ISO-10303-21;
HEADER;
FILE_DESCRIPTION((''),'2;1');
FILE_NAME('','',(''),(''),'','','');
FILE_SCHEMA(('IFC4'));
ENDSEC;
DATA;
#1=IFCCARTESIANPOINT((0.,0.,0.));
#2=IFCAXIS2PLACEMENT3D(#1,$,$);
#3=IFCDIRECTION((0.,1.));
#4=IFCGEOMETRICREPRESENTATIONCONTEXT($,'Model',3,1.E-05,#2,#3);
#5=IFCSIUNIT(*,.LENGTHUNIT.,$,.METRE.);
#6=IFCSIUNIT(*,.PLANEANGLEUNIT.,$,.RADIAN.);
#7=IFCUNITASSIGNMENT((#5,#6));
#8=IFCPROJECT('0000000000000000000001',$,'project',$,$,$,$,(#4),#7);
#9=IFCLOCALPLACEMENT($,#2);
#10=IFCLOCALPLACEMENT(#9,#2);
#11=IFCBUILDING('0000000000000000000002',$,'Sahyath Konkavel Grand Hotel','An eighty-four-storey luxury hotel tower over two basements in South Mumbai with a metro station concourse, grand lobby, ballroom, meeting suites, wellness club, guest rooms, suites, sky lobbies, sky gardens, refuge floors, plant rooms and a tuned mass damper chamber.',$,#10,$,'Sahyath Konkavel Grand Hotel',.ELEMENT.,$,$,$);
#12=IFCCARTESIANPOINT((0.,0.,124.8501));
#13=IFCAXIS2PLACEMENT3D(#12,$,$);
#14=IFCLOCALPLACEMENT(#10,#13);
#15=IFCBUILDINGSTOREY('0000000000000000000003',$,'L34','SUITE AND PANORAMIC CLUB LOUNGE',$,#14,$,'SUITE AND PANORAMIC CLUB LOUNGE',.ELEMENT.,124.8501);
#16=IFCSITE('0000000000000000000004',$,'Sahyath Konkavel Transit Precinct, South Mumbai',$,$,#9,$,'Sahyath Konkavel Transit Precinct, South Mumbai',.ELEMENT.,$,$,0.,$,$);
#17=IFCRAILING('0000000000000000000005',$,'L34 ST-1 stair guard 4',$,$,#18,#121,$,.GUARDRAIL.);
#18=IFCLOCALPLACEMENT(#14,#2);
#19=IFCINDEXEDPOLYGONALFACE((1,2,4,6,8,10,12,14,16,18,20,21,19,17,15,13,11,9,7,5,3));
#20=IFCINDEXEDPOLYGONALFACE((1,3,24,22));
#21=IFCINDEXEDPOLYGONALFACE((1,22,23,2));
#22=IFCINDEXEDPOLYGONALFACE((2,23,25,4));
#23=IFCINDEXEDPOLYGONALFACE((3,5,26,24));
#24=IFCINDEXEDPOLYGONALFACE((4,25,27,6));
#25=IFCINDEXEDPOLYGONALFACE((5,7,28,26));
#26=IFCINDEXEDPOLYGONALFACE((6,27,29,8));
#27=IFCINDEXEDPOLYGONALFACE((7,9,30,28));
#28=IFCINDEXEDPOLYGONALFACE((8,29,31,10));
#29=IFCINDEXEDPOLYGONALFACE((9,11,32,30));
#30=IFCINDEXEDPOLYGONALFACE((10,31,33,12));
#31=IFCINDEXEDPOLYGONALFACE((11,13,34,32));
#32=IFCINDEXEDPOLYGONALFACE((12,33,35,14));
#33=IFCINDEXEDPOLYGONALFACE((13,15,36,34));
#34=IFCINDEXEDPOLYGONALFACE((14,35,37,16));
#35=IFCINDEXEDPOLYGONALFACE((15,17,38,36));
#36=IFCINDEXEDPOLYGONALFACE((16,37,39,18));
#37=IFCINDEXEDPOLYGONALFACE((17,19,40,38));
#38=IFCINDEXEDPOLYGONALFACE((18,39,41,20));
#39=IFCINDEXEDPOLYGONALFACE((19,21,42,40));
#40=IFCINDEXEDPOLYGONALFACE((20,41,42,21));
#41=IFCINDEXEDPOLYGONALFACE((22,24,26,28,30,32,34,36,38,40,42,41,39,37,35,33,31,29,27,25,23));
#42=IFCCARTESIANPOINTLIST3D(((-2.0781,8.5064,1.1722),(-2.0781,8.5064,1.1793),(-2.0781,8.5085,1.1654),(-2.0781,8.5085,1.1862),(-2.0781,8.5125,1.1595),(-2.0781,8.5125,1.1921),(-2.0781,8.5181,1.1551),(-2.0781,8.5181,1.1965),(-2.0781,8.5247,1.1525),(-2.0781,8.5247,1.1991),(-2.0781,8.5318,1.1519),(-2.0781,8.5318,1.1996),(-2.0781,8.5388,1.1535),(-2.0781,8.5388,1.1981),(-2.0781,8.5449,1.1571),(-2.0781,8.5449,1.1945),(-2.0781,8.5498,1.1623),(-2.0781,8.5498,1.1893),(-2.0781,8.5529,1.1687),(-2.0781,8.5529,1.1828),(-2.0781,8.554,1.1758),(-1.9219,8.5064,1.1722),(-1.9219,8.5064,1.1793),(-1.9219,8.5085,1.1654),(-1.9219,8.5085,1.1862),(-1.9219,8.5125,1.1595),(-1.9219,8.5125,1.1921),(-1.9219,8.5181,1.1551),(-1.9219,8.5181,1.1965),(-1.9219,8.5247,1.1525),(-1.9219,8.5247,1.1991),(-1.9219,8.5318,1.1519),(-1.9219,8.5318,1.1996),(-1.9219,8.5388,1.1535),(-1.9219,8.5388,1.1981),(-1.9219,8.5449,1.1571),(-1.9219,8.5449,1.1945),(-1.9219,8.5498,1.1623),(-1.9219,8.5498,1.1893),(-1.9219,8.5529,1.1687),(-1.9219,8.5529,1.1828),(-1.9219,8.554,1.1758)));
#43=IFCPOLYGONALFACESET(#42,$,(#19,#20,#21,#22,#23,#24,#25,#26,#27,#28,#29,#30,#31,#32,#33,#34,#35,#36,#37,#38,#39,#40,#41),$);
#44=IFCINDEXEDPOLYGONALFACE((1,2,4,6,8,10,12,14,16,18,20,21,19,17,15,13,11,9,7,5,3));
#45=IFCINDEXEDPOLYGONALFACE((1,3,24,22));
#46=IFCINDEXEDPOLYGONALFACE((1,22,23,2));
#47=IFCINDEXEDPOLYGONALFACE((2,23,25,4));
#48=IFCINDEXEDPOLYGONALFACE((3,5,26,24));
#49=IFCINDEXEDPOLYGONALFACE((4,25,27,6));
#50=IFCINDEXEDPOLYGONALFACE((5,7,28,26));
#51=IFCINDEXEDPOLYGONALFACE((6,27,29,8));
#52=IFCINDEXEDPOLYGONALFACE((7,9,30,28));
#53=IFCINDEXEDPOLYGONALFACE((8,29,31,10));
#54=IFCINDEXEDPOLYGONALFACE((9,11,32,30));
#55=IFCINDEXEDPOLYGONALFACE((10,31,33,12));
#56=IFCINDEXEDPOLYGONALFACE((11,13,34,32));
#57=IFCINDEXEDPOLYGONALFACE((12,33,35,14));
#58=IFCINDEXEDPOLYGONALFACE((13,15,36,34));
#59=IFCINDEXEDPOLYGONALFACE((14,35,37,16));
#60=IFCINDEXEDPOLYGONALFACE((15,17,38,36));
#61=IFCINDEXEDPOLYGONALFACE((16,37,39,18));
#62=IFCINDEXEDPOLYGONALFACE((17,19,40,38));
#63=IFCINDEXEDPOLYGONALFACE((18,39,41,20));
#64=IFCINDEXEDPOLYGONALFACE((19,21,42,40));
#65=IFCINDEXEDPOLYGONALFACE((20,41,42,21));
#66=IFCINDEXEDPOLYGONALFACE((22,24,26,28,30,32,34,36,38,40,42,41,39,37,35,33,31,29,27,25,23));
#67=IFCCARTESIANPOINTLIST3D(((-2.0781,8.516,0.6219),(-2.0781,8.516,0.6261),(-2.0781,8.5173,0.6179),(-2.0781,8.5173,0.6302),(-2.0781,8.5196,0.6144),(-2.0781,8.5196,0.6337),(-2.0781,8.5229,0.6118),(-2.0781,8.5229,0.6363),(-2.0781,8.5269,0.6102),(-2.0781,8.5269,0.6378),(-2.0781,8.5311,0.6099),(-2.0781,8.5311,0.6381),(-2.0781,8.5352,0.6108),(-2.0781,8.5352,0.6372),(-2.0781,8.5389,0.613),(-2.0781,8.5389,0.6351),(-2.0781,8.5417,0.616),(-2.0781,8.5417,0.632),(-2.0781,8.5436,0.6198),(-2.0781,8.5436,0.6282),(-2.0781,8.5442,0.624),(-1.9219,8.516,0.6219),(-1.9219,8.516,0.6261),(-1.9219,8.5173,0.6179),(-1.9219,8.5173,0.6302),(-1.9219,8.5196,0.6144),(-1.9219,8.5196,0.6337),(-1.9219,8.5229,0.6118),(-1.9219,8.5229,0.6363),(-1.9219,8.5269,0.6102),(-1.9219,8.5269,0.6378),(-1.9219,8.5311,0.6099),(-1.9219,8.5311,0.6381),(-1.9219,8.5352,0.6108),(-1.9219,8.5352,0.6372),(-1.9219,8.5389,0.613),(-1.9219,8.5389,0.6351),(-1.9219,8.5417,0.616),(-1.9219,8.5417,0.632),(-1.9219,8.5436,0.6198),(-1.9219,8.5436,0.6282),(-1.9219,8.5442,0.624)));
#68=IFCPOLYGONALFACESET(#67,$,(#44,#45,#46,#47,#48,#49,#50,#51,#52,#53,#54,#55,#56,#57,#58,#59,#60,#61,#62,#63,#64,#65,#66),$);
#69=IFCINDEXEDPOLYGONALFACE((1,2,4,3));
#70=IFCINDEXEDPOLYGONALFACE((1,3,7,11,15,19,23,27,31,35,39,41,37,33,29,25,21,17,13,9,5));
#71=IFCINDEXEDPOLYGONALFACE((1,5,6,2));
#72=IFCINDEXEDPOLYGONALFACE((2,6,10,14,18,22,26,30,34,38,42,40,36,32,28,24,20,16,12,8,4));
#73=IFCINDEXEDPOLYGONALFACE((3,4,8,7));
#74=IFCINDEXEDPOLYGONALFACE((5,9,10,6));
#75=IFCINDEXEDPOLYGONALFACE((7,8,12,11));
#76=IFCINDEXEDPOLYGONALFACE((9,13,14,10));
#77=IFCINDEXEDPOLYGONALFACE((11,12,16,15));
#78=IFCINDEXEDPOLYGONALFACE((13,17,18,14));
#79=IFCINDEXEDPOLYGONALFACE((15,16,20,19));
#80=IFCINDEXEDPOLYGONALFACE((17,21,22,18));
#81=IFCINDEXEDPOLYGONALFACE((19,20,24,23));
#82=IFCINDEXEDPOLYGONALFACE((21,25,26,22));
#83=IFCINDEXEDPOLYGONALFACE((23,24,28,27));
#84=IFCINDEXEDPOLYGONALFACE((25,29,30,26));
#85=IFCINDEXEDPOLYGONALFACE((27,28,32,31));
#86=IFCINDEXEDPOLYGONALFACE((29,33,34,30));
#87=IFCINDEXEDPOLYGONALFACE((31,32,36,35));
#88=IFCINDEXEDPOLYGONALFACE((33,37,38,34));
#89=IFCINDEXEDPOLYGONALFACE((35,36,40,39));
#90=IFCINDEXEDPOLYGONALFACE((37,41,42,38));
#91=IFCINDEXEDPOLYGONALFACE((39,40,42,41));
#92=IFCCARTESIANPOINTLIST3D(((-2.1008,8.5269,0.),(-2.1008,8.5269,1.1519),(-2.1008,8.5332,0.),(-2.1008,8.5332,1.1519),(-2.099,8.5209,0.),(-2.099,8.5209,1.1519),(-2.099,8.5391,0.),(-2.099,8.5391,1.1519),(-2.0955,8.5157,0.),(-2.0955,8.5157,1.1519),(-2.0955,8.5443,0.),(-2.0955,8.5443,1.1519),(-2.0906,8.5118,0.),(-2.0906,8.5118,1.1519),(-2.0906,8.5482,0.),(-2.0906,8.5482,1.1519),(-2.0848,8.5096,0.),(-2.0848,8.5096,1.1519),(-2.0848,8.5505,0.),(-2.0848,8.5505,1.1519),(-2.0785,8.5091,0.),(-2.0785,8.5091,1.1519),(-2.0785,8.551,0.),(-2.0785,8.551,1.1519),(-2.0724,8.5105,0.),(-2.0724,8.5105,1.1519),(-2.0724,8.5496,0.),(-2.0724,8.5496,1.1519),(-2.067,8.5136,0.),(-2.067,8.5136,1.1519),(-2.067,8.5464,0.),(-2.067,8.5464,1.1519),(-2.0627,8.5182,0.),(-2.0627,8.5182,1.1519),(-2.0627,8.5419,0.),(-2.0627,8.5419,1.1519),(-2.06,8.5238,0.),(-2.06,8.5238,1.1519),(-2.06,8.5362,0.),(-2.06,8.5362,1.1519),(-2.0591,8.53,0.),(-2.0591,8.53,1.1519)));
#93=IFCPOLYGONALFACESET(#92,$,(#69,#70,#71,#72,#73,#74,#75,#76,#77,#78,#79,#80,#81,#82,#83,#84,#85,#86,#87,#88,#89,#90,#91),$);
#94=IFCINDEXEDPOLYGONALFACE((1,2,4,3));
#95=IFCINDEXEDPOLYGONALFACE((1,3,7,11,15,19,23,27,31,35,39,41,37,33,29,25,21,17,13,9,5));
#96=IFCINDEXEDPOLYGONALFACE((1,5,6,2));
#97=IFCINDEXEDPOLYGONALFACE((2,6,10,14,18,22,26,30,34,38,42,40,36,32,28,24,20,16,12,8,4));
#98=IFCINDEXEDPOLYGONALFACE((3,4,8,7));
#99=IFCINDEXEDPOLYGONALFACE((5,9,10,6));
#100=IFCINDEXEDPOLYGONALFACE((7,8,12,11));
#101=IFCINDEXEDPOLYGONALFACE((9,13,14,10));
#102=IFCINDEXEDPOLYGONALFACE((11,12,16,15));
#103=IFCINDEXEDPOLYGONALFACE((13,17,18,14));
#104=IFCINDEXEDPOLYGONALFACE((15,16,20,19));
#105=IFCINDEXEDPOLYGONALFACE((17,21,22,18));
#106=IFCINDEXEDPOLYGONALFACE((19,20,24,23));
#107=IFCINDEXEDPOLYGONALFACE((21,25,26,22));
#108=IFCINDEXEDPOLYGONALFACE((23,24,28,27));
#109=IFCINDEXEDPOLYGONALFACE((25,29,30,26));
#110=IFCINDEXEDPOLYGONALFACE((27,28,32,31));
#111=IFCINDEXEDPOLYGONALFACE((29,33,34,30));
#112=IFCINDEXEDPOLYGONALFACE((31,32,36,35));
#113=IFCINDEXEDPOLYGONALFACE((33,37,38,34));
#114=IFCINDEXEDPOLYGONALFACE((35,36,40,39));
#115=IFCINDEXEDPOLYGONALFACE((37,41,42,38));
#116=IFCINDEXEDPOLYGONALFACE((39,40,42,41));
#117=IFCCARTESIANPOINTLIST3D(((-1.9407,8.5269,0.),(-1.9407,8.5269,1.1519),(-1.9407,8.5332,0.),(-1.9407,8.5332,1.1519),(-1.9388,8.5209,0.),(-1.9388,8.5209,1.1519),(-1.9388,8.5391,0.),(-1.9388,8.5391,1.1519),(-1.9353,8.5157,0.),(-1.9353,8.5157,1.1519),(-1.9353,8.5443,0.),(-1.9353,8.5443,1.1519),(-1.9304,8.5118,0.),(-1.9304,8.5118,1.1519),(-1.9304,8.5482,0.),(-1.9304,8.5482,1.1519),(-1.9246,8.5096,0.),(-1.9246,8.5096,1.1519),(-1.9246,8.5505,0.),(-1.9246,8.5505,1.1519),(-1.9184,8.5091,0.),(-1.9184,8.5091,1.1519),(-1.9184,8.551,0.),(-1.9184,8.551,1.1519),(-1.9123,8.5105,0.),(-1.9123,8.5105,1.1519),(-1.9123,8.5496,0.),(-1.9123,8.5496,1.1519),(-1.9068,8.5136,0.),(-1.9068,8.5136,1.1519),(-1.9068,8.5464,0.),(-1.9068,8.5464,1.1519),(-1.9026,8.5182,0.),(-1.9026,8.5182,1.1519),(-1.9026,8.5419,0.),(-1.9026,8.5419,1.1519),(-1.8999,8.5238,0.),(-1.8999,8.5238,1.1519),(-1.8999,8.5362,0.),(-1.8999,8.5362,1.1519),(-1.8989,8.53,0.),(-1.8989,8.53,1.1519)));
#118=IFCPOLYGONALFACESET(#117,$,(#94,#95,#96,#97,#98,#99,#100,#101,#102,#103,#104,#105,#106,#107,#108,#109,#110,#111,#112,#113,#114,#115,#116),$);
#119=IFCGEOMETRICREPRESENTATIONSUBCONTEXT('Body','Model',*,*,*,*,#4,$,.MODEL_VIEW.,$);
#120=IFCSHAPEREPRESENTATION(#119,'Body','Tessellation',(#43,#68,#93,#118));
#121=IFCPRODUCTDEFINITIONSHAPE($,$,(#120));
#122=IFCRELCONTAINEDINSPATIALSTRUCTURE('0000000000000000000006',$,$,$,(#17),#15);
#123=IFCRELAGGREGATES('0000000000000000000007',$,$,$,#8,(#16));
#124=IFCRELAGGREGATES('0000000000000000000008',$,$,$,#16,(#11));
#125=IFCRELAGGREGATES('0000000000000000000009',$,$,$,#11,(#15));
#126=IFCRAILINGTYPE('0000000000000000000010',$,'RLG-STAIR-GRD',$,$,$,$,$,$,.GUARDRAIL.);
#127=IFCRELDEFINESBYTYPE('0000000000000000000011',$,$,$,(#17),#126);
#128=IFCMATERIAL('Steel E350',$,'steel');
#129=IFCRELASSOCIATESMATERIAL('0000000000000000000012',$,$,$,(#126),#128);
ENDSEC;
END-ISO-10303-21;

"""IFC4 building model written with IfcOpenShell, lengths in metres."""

from ifc_helpers import new_model, si_unit, direction, frame, origin, origin_2d, place, context, subcontext, project, spatial, circle, extrude, material, type_object, element, save


model = new_model("IFC4")

# Units and contexts
model_context = context("Model", 3, precision=1e-05, world=origin(), true_north=direction((0.0, 1.0)))
body_context = subcontext(model_context, "Body", "Model", "MODEL_VIEW")
ifc_project = project(units=[si_unit("LENGTHUNIT", "METRE"), si_unit("PLANEANGLEUNIT", "RADIAN")], contexts=[model_context])

# Site, building, storey
site_placement = place(None, origin())
site = spatial("IfcSite", under=ifc_project, at=site_placement, Name="Sahyath Konkavel Transit Precinct, South Mumbai", LongName="Sahyath Konkavel Transit Precinct, South Mumbai", CompositionType="ELEMENT", RefElevation=0.0)
building_placement = place(site_placement, origin())
building = spatial("IfcBuilding", under=site, at=building_placement, Name="Sahyath Konkavel Grand Hotel", Description="An eighty-four-storey luxury hotel tower over two basements in South Mumbai with a metro station concourse, grand lobby, ballroom, meeting suites, wellness club, guest rooms, suites, sky lobbies, sky gardens, refuge floors, plant rooms and a tuned mass damper chamber.", LongName="Sahyath Konkavel Grand Hotel", CompositionType="ELEMENT")
storey_placement = place(building_placement, frame((0.0, 0.0, 124.8501)))
storey = spatial("IfcBuildingStorey", under=building, at=storey_placement, Name="L34", Description="SUITE AND PANORAMIC CLUB LOUNGE", LongName="SUITE AND PANORAMIC CLUB LOUNGE", CompositionType="ELEMENT", Elevation=124.8501)

# Shared definitions
ifc_material_1 = material(Name="Steel E350", Category="steel")

# Railing
railing_type_1 = type_object("IfcRailingType", Name="RLG-STAIR-GRD", PredefinedType="GUARDRAIL", material=ifc_material_1)
railing_1_placement = place(storey_placement, frame((-2.0801, 8.53, 0.0)))
element("IfcRailing", 1, at=railing_1_placement, inside=storey, type_object=railing_type_1, Name="L34 ST-1 stair guard 4", PredefinedType="GUARDRAIL", context=body_context, shape_type="SweptSolid", body=[
    extrude(circle(Radius=0.0239, at=origin_2d()), frame((0.002, 0.0, 1.1758), z_axis=(1.0, 0.0, 0.0), x_axis=(0.0, 1.0, 0.0)), (0.0, 0.0, 1.0), 0.1562),
    extrude(circle(Radius=0.0142, at=origin_2d()), frame((0.002, 0.0, 0.624), z_axis=(1.0, 0.0, 0.0), x_axis=(0.0, 1.0, 0.0)), (0.0, 0.0, 1.0), 0.1562),
    extrude(circle(Radius=0.021, at=origin_2d()), origin(), (0.0, 0.0, 1.0), 1.1519),
    extrude(circle(Radius=0.021, at=origin_2d()), frame((0.1602, 0.0, 0.0)), (0.0, 0.0, 1.0), 1.1519),
])

save(model, "model.ifc")
